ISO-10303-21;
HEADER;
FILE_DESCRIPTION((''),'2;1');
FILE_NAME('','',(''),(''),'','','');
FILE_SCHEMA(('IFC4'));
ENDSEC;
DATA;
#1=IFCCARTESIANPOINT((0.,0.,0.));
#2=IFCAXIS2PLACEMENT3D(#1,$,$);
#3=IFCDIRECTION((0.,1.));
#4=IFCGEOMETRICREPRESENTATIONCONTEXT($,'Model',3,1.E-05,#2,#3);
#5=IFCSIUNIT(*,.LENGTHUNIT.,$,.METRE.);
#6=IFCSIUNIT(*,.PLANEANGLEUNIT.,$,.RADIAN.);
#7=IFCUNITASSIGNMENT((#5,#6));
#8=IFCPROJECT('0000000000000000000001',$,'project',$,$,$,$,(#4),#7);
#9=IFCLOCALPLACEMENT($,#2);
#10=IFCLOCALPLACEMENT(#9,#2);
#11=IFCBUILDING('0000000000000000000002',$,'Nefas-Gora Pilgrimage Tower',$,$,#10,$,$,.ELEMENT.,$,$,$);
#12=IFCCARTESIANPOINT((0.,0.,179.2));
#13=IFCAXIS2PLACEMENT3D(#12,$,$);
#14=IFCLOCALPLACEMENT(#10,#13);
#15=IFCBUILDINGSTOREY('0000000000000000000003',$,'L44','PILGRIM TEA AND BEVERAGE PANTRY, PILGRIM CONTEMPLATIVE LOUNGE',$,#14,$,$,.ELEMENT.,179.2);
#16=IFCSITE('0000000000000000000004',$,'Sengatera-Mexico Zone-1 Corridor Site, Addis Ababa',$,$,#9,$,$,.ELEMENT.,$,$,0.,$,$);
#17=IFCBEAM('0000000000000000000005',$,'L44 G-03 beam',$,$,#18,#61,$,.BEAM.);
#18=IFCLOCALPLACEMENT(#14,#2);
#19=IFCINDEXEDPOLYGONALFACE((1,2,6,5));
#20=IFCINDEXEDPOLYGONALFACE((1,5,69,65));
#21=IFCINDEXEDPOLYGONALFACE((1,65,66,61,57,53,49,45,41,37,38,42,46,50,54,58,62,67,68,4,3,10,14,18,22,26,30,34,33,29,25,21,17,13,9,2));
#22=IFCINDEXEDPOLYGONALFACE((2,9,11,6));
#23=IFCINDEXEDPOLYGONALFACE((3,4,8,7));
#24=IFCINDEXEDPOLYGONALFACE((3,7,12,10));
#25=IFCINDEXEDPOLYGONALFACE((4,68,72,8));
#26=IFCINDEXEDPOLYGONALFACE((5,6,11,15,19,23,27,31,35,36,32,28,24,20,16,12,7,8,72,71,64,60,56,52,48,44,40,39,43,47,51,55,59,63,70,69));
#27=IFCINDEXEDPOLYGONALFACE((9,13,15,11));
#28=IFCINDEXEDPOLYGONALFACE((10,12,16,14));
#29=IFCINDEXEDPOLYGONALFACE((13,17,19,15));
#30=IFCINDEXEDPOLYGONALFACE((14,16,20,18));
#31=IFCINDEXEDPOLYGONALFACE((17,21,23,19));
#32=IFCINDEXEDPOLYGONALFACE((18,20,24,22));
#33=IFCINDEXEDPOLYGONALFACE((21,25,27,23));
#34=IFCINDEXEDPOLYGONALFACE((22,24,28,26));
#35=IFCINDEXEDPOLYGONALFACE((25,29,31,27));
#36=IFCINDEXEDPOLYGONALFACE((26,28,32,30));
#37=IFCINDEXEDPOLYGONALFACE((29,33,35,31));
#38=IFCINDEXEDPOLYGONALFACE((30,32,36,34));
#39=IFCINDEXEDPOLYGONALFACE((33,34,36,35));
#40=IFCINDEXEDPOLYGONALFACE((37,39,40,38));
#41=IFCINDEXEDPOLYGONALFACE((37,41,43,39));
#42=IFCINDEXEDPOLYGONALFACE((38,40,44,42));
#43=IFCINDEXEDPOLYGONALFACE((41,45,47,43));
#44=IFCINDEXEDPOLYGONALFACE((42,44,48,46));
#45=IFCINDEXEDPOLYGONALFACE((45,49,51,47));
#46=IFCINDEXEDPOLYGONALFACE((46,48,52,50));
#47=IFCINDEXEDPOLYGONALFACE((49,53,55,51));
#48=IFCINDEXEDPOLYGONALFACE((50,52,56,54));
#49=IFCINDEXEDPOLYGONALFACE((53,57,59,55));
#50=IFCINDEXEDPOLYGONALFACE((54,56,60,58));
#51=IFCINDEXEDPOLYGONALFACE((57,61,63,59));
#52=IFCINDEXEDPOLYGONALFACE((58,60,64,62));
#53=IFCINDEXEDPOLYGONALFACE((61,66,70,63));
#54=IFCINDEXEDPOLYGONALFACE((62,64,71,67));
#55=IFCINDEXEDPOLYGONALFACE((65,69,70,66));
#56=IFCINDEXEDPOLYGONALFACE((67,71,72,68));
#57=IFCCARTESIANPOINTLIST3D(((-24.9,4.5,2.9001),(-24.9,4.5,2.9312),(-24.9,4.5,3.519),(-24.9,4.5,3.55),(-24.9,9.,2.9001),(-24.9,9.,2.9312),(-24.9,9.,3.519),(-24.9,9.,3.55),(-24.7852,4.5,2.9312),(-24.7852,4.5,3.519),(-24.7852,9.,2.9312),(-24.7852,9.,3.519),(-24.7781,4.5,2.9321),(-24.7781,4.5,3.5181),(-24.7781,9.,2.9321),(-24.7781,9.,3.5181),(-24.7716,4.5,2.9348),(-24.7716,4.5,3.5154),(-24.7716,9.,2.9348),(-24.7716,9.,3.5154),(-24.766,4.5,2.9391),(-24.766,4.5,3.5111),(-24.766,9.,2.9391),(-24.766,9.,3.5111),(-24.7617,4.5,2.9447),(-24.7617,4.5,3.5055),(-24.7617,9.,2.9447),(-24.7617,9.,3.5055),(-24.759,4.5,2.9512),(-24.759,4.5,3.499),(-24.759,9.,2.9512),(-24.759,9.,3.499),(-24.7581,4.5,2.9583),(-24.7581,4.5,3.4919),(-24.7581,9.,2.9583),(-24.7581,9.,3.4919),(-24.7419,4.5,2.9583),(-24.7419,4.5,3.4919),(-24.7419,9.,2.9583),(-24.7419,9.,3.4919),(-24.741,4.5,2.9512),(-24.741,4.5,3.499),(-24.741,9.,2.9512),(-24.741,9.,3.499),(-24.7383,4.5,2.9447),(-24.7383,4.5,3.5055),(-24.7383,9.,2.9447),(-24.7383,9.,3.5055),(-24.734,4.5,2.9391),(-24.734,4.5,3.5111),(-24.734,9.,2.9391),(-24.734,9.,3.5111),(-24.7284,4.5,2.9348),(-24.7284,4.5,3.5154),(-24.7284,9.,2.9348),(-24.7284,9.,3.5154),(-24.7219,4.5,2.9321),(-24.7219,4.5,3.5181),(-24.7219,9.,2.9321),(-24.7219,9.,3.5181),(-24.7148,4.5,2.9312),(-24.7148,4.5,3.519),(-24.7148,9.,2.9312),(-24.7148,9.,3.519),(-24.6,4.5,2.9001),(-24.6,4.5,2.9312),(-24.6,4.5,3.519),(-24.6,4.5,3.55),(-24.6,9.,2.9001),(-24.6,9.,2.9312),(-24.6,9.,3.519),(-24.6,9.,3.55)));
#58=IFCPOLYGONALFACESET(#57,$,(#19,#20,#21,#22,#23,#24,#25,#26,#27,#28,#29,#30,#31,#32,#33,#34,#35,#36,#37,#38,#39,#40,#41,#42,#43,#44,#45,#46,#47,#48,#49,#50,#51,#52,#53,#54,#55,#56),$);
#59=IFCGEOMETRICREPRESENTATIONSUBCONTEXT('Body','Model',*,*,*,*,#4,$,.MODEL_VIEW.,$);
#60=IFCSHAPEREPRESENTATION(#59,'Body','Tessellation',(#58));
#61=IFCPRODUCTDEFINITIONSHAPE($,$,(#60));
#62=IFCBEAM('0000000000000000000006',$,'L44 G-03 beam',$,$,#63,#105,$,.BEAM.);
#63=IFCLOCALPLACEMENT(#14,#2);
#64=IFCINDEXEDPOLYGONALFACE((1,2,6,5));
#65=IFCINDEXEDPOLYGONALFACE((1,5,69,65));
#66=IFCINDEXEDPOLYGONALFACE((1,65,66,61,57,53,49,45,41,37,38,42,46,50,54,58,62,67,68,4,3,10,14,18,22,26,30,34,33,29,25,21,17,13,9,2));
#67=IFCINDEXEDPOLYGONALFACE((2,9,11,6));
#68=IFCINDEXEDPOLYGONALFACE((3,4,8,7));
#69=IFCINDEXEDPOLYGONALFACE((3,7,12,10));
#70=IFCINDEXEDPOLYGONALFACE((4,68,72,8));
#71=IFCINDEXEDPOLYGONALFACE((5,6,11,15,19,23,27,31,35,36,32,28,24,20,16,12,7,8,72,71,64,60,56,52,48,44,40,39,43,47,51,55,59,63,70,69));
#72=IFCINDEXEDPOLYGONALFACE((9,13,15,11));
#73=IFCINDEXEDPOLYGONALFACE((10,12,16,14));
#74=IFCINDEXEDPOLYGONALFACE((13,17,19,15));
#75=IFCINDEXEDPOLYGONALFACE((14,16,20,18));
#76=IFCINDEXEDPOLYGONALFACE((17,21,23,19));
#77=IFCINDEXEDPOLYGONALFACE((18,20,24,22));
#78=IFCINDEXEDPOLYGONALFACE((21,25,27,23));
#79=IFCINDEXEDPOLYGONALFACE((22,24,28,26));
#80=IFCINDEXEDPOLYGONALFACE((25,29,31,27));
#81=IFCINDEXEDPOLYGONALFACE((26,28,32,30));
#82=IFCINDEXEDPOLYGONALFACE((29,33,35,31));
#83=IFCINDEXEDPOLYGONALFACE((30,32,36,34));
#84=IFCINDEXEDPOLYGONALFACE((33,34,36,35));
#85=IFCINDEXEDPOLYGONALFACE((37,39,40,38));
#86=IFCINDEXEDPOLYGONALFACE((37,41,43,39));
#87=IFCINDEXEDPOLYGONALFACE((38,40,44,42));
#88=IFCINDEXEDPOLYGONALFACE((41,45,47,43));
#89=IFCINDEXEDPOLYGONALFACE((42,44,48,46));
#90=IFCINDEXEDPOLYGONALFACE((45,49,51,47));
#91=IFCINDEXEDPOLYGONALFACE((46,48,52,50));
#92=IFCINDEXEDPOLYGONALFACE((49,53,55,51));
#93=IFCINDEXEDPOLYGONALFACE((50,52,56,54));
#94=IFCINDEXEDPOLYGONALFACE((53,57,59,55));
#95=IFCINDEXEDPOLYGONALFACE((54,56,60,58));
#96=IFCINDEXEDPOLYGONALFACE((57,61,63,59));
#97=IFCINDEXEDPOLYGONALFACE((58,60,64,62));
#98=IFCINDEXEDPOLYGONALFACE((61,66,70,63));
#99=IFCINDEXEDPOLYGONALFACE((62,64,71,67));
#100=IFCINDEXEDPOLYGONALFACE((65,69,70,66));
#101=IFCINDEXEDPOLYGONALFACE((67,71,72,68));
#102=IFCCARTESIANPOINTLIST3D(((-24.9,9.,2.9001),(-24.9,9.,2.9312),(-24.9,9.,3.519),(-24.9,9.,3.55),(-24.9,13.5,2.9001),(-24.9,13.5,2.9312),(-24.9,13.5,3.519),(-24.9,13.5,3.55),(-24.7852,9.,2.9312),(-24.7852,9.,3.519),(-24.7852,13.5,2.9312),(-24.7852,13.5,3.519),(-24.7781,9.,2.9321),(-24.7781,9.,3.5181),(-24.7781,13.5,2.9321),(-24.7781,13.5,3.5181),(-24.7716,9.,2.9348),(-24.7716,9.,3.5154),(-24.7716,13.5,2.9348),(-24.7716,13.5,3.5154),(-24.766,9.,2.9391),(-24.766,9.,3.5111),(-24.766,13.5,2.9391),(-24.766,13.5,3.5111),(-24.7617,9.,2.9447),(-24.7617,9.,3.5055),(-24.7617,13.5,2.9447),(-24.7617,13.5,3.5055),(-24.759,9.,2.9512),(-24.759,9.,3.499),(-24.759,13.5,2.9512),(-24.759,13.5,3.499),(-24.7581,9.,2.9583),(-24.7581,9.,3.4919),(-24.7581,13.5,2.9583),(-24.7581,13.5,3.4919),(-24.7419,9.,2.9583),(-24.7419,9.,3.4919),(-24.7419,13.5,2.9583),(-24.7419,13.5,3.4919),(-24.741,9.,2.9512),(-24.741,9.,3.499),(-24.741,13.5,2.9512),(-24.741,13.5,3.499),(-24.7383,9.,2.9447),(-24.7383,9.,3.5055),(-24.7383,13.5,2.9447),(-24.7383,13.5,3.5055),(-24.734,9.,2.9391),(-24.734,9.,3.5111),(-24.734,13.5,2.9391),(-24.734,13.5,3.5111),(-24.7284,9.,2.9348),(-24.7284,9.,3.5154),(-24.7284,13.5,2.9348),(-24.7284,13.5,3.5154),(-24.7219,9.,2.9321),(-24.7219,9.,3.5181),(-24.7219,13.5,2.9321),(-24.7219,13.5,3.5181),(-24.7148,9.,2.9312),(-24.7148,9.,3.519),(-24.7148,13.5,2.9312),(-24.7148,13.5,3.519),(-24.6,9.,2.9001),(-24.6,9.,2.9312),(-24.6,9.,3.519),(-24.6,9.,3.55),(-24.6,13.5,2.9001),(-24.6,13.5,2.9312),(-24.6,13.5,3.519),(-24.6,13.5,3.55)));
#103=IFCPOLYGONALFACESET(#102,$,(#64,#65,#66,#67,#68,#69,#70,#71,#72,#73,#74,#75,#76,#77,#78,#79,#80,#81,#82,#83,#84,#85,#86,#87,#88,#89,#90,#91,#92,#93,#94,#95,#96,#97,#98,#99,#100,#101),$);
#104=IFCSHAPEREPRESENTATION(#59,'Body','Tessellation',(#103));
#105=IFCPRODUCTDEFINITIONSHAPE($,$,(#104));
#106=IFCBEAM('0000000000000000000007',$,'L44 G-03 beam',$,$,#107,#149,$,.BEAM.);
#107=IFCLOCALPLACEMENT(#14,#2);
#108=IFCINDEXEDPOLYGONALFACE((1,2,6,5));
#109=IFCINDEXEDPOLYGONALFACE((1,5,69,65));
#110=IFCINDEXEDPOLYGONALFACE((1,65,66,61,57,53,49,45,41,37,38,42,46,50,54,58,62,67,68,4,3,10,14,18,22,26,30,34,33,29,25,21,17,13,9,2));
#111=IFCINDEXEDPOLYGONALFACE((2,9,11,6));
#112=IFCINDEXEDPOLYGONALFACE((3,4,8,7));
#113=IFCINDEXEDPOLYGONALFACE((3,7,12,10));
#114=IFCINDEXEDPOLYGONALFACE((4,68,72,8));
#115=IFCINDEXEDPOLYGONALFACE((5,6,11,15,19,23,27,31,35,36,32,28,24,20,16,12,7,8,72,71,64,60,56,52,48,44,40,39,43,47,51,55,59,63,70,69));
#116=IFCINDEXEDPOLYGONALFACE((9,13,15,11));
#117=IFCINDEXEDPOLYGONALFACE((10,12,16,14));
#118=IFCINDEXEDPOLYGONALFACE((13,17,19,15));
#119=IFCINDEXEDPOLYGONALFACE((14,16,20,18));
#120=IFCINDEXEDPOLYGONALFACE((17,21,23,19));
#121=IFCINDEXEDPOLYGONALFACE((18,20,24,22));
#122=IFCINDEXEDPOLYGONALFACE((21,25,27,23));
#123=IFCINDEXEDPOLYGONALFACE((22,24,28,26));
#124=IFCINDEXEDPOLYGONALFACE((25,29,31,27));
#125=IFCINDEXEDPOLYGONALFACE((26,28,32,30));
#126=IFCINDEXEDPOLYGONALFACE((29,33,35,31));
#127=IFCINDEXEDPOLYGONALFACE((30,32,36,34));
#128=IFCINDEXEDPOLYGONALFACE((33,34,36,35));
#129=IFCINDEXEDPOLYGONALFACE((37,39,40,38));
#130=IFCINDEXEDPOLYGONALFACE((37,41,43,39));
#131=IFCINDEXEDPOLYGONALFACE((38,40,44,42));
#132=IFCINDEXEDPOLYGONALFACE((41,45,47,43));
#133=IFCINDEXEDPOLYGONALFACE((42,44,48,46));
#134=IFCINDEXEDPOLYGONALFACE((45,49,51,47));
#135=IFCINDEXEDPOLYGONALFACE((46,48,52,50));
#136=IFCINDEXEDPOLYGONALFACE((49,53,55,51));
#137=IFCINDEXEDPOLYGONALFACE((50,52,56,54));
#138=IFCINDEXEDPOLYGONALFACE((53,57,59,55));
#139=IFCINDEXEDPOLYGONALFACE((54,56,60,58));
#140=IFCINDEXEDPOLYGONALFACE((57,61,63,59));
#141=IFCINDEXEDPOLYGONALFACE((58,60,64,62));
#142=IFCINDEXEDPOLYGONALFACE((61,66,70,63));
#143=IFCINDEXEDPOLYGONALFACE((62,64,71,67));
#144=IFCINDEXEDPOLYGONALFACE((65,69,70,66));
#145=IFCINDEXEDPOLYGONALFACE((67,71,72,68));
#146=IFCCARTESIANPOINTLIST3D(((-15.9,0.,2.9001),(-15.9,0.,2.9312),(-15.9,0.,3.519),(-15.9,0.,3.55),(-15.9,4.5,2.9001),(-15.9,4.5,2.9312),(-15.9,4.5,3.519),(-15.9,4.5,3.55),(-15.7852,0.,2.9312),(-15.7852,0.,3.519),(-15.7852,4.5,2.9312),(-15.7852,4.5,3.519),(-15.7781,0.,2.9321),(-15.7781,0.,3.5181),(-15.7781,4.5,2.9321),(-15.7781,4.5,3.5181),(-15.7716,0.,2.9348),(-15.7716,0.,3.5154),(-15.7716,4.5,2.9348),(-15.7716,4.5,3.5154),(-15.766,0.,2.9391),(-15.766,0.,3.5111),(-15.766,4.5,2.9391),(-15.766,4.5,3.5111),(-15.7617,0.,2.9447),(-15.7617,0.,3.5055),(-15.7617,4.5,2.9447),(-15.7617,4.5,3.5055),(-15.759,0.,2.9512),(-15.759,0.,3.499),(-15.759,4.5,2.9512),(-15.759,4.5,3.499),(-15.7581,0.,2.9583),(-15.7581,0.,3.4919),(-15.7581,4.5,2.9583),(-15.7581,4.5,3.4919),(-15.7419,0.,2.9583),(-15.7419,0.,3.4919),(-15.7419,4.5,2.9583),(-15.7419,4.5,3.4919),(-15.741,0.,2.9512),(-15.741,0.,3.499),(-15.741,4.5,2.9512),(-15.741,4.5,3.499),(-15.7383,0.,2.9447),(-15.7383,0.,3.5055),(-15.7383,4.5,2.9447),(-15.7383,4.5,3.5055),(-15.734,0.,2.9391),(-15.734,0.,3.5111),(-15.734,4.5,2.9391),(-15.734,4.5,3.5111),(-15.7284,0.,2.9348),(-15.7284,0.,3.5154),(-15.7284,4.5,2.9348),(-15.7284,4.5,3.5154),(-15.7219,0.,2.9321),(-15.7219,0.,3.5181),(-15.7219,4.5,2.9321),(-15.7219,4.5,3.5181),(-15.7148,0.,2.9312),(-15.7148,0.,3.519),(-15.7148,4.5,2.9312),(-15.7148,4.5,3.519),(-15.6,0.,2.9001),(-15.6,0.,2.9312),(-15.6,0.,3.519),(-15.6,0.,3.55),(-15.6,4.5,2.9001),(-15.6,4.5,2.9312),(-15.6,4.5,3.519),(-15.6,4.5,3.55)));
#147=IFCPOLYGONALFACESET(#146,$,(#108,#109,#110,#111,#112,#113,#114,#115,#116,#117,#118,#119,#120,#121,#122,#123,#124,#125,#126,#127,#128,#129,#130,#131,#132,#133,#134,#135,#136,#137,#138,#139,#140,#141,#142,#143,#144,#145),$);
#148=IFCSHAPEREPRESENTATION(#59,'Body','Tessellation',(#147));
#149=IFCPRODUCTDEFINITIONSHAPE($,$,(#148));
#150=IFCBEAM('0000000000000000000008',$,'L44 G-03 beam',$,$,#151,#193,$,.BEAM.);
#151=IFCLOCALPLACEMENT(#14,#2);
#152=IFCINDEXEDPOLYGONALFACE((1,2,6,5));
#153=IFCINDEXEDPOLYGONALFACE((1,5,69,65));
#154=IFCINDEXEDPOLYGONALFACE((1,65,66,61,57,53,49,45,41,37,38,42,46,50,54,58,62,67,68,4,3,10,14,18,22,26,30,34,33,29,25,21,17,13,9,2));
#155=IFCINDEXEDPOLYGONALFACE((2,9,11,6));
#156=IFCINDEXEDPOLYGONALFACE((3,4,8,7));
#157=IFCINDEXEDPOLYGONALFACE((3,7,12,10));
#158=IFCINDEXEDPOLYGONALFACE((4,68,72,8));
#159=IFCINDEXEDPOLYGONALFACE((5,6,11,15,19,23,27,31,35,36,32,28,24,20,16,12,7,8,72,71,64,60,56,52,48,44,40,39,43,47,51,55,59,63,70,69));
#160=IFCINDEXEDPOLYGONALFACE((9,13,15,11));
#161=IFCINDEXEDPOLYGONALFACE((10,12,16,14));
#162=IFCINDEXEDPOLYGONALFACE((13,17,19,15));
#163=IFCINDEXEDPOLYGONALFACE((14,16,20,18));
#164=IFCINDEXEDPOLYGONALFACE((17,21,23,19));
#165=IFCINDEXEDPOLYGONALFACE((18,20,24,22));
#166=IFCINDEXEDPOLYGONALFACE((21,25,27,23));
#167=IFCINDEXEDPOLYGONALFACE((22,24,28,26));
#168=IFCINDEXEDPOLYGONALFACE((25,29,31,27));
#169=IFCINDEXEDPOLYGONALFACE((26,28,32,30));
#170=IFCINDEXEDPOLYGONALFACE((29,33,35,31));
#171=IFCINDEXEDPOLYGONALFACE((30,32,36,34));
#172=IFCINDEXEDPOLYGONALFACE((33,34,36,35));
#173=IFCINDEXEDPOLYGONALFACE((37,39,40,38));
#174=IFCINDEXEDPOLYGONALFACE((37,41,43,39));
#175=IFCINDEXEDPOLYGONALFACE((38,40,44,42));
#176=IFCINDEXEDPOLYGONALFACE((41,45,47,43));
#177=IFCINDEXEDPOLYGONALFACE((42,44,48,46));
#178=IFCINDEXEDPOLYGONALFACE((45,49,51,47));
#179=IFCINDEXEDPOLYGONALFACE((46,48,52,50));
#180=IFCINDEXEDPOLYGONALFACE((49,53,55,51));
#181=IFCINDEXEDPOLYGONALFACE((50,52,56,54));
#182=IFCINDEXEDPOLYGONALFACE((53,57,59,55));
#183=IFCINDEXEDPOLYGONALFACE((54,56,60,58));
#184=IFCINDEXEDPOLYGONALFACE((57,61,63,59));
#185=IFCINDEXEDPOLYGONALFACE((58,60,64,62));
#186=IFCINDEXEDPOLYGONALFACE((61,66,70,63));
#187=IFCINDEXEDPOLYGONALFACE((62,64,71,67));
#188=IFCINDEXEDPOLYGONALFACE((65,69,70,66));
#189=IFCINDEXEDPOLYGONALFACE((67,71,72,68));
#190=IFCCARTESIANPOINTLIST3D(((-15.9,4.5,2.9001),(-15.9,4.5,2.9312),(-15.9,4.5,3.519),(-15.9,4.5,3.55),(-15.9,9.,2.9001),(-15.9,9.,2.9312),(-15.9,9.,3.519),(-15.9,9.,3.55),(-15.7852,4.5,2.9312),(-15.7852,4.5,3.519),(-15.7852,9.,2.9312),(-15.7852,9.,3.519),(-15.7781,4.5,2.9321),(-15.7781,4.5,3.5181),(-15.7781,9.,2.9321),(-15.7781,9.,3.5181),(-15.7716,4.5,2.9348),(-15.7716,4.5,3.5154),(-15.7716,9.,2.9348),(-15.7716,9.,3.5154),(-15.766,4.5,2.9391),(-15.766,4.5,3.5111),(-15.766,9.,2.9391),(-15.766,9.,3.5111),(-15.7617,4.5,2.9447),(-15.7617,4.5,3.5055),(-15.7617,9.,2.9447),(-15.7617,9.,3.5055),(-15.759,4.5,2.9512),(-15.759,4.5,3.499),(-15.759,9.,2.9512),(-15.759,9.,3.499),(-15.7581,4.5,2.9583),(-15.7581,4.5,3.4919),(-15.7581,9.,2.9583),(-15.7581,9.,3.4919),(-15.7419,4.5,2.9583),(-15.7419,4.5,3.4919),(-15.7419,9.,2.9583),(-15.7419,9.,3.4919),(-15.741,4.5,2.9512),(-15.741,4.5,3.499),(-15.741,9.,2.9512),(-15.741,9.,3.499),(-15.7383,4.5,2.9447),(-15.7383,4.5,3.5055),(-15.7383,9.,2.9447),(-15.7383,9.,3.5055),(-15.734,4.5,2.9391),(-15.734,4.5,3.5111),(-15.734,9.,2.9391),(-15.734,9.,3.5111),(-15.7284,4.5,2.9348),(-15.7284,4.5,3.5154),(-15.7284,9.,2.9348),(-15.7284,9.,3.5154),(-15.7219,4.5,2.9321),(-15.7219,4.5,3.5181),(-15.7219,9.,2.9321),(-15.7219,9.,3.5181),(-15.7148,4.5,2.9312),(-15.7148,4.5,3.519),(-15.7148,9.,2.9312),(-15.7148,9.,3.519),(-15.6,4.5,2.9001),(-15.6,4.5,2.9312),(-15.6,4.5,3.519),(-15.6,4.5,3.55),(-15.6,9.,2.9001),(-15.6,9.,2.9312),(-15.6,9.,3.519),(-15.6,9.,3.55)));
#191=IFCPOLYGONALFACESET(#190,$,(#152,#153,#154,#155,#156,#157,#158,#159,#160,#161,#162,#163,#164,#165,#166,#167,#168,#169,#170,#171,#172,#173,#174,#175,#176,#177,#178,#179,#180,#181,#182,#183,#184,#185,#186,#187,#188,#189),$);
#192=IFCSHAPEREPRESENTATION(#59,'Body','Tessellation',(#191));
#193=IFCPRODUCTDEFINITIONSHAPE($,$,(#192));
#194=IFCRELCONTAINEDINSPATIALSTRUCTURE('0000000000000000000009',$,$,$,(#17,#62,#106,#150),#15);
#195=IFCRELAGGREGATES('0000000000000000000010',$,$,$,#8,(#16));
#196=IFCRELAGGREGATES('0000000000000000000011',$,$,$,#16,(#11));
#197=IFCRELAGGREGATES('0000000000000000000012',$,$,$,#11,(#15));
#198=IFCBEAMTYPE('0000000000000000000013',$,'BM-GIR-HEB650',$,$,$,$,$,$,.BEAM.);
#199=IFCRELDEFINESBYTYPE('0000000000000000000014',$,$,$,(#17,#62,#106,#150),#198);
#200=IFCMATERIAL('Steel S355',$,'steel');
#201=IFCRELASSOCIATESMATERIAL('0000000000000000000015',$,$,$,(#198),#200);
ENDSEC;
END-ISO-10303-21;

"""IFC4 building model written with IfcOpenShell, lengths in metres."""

from ifc_helpers import new_model, si_unit, direction, frame, origin, origin_2d, place, context, subcontext, project, spatial, i_section, extrude, source, transform, mapped, material, material_profile, profile_set, type_object, element, save


model = new_model("IFC4")

# Units and contexts
model_context = context("Model", 3, precision=1e-05, world=origin(), true_north=direction((0.0, 1.0)))
body_context = subcontext(model_context, "Body", "Model", "MODEL_VIEW")
ifc_project = project(units=[si_unit("LENGTHUNIT", "METRE"), si_unit("PLANEANGLEUNIT", "RADIAN")], contexts=[model_context])

# Site, building, storey
site_placement = place(None, origin())
site = spatial("IfcSite", under=ifc_project, at=site_placement, Name="Sengatera-Mexico Zone-1 Corridor Site, Addis Ababa", CompositionType="ELEMENT", RefElevation=0.0)
building_placement = place(site_placement, origin())
building = spatial("IfcBuilding", under=site, at=building_placement, Name="Nefas-Gora Pilgrimage Tower", CompositionType="ELEMENT")
storey_placement = place(building_placement, frame((0.0, 0.0, 179.2)))
storey = spatial("IfcBuildingStorey", under=building, at=storey_placement, Name="L44", Description="PILGRIM TEA AND BEVERAGE PANTRY, PILGRIM CONTEMPLATIVE LOUNGE", CompositionType="ELEMENT", Elevation=179.2)

# Beams
ifc_material_1 = material(Name="Steel S355", Category="steel")
ifc_material_profile_1 = material_profile(ifc_material_1, i_section(OverallWidth=0.3, OverallDepth=0.6499, WebThickness=0.0161, FlangeThickness=0.031, FilletRadius=0.0271, at=origin_2d()), Name="HEB 650")
ifc_profile_set_1 = profile_set([ifc_material_profile_1], Name="Steel S355")
beam_type_1 = type_object("IfcBeamType", Name="BM-GIR-HEB650", PredefinedType="BEAM", material=ifc_profile_set_1)
shared_shape_1 = source(origin(), body_context, "Body", "SweptSolid", [
    extrude(i_section(OverallWidth=0.3, OverallDepth=0.6499, WebThickness=0.0161, FlangeThickness=0.031, FilletRadius=0.0271, at=origin_2d()), origin(), (0.0, 0.0, 1.0), 4.5),
])
for number, where, z_axis, x_axis, name in (
    (1, (-24.75, 4.5, 3.2251), (0.0, 1.0, 0.0), (-1.0, 0.0, 0.0), "L44 G-03 beam"),
    (2, (-24.75, 9.0, 3.2251), (0.0, 1.0, 0.0), (-1.0, 0.0, 0.0), "L44 G-03 beam"),
    (3, (-15.75, 0.0, 3.2251), (0.0, 1.0, 0.0), (-1.0, 0.0, 0.0), "L44 G-03 beam"),
    (4, (-15.75, 4.5, 3.2251), (0.0, 1.0, 0.0), (-1.0, 0.0, 0.0), "L44 G-03 beam"),
):
    element("IfcBeam", number, at=place(storey_placement, frame(where, z_axis=z_axis, x_axis=x_axis)), inside=storey, type_object=beam_type_1, Name=name, PredefinedType="BEAM", context=body_context, shape_type="MappedRepresentation", body=[
        mapped(shared_shape_1, transform((0.0, 0.0, 0.0), x_axis=(1.0, 0.0, 0.0), y_axis=(0.0, 1.0, 0.0), z_axis=(0.0, 0.0, 1.0), scale=1.0)),
    ])

save(model, "model.ifc")
